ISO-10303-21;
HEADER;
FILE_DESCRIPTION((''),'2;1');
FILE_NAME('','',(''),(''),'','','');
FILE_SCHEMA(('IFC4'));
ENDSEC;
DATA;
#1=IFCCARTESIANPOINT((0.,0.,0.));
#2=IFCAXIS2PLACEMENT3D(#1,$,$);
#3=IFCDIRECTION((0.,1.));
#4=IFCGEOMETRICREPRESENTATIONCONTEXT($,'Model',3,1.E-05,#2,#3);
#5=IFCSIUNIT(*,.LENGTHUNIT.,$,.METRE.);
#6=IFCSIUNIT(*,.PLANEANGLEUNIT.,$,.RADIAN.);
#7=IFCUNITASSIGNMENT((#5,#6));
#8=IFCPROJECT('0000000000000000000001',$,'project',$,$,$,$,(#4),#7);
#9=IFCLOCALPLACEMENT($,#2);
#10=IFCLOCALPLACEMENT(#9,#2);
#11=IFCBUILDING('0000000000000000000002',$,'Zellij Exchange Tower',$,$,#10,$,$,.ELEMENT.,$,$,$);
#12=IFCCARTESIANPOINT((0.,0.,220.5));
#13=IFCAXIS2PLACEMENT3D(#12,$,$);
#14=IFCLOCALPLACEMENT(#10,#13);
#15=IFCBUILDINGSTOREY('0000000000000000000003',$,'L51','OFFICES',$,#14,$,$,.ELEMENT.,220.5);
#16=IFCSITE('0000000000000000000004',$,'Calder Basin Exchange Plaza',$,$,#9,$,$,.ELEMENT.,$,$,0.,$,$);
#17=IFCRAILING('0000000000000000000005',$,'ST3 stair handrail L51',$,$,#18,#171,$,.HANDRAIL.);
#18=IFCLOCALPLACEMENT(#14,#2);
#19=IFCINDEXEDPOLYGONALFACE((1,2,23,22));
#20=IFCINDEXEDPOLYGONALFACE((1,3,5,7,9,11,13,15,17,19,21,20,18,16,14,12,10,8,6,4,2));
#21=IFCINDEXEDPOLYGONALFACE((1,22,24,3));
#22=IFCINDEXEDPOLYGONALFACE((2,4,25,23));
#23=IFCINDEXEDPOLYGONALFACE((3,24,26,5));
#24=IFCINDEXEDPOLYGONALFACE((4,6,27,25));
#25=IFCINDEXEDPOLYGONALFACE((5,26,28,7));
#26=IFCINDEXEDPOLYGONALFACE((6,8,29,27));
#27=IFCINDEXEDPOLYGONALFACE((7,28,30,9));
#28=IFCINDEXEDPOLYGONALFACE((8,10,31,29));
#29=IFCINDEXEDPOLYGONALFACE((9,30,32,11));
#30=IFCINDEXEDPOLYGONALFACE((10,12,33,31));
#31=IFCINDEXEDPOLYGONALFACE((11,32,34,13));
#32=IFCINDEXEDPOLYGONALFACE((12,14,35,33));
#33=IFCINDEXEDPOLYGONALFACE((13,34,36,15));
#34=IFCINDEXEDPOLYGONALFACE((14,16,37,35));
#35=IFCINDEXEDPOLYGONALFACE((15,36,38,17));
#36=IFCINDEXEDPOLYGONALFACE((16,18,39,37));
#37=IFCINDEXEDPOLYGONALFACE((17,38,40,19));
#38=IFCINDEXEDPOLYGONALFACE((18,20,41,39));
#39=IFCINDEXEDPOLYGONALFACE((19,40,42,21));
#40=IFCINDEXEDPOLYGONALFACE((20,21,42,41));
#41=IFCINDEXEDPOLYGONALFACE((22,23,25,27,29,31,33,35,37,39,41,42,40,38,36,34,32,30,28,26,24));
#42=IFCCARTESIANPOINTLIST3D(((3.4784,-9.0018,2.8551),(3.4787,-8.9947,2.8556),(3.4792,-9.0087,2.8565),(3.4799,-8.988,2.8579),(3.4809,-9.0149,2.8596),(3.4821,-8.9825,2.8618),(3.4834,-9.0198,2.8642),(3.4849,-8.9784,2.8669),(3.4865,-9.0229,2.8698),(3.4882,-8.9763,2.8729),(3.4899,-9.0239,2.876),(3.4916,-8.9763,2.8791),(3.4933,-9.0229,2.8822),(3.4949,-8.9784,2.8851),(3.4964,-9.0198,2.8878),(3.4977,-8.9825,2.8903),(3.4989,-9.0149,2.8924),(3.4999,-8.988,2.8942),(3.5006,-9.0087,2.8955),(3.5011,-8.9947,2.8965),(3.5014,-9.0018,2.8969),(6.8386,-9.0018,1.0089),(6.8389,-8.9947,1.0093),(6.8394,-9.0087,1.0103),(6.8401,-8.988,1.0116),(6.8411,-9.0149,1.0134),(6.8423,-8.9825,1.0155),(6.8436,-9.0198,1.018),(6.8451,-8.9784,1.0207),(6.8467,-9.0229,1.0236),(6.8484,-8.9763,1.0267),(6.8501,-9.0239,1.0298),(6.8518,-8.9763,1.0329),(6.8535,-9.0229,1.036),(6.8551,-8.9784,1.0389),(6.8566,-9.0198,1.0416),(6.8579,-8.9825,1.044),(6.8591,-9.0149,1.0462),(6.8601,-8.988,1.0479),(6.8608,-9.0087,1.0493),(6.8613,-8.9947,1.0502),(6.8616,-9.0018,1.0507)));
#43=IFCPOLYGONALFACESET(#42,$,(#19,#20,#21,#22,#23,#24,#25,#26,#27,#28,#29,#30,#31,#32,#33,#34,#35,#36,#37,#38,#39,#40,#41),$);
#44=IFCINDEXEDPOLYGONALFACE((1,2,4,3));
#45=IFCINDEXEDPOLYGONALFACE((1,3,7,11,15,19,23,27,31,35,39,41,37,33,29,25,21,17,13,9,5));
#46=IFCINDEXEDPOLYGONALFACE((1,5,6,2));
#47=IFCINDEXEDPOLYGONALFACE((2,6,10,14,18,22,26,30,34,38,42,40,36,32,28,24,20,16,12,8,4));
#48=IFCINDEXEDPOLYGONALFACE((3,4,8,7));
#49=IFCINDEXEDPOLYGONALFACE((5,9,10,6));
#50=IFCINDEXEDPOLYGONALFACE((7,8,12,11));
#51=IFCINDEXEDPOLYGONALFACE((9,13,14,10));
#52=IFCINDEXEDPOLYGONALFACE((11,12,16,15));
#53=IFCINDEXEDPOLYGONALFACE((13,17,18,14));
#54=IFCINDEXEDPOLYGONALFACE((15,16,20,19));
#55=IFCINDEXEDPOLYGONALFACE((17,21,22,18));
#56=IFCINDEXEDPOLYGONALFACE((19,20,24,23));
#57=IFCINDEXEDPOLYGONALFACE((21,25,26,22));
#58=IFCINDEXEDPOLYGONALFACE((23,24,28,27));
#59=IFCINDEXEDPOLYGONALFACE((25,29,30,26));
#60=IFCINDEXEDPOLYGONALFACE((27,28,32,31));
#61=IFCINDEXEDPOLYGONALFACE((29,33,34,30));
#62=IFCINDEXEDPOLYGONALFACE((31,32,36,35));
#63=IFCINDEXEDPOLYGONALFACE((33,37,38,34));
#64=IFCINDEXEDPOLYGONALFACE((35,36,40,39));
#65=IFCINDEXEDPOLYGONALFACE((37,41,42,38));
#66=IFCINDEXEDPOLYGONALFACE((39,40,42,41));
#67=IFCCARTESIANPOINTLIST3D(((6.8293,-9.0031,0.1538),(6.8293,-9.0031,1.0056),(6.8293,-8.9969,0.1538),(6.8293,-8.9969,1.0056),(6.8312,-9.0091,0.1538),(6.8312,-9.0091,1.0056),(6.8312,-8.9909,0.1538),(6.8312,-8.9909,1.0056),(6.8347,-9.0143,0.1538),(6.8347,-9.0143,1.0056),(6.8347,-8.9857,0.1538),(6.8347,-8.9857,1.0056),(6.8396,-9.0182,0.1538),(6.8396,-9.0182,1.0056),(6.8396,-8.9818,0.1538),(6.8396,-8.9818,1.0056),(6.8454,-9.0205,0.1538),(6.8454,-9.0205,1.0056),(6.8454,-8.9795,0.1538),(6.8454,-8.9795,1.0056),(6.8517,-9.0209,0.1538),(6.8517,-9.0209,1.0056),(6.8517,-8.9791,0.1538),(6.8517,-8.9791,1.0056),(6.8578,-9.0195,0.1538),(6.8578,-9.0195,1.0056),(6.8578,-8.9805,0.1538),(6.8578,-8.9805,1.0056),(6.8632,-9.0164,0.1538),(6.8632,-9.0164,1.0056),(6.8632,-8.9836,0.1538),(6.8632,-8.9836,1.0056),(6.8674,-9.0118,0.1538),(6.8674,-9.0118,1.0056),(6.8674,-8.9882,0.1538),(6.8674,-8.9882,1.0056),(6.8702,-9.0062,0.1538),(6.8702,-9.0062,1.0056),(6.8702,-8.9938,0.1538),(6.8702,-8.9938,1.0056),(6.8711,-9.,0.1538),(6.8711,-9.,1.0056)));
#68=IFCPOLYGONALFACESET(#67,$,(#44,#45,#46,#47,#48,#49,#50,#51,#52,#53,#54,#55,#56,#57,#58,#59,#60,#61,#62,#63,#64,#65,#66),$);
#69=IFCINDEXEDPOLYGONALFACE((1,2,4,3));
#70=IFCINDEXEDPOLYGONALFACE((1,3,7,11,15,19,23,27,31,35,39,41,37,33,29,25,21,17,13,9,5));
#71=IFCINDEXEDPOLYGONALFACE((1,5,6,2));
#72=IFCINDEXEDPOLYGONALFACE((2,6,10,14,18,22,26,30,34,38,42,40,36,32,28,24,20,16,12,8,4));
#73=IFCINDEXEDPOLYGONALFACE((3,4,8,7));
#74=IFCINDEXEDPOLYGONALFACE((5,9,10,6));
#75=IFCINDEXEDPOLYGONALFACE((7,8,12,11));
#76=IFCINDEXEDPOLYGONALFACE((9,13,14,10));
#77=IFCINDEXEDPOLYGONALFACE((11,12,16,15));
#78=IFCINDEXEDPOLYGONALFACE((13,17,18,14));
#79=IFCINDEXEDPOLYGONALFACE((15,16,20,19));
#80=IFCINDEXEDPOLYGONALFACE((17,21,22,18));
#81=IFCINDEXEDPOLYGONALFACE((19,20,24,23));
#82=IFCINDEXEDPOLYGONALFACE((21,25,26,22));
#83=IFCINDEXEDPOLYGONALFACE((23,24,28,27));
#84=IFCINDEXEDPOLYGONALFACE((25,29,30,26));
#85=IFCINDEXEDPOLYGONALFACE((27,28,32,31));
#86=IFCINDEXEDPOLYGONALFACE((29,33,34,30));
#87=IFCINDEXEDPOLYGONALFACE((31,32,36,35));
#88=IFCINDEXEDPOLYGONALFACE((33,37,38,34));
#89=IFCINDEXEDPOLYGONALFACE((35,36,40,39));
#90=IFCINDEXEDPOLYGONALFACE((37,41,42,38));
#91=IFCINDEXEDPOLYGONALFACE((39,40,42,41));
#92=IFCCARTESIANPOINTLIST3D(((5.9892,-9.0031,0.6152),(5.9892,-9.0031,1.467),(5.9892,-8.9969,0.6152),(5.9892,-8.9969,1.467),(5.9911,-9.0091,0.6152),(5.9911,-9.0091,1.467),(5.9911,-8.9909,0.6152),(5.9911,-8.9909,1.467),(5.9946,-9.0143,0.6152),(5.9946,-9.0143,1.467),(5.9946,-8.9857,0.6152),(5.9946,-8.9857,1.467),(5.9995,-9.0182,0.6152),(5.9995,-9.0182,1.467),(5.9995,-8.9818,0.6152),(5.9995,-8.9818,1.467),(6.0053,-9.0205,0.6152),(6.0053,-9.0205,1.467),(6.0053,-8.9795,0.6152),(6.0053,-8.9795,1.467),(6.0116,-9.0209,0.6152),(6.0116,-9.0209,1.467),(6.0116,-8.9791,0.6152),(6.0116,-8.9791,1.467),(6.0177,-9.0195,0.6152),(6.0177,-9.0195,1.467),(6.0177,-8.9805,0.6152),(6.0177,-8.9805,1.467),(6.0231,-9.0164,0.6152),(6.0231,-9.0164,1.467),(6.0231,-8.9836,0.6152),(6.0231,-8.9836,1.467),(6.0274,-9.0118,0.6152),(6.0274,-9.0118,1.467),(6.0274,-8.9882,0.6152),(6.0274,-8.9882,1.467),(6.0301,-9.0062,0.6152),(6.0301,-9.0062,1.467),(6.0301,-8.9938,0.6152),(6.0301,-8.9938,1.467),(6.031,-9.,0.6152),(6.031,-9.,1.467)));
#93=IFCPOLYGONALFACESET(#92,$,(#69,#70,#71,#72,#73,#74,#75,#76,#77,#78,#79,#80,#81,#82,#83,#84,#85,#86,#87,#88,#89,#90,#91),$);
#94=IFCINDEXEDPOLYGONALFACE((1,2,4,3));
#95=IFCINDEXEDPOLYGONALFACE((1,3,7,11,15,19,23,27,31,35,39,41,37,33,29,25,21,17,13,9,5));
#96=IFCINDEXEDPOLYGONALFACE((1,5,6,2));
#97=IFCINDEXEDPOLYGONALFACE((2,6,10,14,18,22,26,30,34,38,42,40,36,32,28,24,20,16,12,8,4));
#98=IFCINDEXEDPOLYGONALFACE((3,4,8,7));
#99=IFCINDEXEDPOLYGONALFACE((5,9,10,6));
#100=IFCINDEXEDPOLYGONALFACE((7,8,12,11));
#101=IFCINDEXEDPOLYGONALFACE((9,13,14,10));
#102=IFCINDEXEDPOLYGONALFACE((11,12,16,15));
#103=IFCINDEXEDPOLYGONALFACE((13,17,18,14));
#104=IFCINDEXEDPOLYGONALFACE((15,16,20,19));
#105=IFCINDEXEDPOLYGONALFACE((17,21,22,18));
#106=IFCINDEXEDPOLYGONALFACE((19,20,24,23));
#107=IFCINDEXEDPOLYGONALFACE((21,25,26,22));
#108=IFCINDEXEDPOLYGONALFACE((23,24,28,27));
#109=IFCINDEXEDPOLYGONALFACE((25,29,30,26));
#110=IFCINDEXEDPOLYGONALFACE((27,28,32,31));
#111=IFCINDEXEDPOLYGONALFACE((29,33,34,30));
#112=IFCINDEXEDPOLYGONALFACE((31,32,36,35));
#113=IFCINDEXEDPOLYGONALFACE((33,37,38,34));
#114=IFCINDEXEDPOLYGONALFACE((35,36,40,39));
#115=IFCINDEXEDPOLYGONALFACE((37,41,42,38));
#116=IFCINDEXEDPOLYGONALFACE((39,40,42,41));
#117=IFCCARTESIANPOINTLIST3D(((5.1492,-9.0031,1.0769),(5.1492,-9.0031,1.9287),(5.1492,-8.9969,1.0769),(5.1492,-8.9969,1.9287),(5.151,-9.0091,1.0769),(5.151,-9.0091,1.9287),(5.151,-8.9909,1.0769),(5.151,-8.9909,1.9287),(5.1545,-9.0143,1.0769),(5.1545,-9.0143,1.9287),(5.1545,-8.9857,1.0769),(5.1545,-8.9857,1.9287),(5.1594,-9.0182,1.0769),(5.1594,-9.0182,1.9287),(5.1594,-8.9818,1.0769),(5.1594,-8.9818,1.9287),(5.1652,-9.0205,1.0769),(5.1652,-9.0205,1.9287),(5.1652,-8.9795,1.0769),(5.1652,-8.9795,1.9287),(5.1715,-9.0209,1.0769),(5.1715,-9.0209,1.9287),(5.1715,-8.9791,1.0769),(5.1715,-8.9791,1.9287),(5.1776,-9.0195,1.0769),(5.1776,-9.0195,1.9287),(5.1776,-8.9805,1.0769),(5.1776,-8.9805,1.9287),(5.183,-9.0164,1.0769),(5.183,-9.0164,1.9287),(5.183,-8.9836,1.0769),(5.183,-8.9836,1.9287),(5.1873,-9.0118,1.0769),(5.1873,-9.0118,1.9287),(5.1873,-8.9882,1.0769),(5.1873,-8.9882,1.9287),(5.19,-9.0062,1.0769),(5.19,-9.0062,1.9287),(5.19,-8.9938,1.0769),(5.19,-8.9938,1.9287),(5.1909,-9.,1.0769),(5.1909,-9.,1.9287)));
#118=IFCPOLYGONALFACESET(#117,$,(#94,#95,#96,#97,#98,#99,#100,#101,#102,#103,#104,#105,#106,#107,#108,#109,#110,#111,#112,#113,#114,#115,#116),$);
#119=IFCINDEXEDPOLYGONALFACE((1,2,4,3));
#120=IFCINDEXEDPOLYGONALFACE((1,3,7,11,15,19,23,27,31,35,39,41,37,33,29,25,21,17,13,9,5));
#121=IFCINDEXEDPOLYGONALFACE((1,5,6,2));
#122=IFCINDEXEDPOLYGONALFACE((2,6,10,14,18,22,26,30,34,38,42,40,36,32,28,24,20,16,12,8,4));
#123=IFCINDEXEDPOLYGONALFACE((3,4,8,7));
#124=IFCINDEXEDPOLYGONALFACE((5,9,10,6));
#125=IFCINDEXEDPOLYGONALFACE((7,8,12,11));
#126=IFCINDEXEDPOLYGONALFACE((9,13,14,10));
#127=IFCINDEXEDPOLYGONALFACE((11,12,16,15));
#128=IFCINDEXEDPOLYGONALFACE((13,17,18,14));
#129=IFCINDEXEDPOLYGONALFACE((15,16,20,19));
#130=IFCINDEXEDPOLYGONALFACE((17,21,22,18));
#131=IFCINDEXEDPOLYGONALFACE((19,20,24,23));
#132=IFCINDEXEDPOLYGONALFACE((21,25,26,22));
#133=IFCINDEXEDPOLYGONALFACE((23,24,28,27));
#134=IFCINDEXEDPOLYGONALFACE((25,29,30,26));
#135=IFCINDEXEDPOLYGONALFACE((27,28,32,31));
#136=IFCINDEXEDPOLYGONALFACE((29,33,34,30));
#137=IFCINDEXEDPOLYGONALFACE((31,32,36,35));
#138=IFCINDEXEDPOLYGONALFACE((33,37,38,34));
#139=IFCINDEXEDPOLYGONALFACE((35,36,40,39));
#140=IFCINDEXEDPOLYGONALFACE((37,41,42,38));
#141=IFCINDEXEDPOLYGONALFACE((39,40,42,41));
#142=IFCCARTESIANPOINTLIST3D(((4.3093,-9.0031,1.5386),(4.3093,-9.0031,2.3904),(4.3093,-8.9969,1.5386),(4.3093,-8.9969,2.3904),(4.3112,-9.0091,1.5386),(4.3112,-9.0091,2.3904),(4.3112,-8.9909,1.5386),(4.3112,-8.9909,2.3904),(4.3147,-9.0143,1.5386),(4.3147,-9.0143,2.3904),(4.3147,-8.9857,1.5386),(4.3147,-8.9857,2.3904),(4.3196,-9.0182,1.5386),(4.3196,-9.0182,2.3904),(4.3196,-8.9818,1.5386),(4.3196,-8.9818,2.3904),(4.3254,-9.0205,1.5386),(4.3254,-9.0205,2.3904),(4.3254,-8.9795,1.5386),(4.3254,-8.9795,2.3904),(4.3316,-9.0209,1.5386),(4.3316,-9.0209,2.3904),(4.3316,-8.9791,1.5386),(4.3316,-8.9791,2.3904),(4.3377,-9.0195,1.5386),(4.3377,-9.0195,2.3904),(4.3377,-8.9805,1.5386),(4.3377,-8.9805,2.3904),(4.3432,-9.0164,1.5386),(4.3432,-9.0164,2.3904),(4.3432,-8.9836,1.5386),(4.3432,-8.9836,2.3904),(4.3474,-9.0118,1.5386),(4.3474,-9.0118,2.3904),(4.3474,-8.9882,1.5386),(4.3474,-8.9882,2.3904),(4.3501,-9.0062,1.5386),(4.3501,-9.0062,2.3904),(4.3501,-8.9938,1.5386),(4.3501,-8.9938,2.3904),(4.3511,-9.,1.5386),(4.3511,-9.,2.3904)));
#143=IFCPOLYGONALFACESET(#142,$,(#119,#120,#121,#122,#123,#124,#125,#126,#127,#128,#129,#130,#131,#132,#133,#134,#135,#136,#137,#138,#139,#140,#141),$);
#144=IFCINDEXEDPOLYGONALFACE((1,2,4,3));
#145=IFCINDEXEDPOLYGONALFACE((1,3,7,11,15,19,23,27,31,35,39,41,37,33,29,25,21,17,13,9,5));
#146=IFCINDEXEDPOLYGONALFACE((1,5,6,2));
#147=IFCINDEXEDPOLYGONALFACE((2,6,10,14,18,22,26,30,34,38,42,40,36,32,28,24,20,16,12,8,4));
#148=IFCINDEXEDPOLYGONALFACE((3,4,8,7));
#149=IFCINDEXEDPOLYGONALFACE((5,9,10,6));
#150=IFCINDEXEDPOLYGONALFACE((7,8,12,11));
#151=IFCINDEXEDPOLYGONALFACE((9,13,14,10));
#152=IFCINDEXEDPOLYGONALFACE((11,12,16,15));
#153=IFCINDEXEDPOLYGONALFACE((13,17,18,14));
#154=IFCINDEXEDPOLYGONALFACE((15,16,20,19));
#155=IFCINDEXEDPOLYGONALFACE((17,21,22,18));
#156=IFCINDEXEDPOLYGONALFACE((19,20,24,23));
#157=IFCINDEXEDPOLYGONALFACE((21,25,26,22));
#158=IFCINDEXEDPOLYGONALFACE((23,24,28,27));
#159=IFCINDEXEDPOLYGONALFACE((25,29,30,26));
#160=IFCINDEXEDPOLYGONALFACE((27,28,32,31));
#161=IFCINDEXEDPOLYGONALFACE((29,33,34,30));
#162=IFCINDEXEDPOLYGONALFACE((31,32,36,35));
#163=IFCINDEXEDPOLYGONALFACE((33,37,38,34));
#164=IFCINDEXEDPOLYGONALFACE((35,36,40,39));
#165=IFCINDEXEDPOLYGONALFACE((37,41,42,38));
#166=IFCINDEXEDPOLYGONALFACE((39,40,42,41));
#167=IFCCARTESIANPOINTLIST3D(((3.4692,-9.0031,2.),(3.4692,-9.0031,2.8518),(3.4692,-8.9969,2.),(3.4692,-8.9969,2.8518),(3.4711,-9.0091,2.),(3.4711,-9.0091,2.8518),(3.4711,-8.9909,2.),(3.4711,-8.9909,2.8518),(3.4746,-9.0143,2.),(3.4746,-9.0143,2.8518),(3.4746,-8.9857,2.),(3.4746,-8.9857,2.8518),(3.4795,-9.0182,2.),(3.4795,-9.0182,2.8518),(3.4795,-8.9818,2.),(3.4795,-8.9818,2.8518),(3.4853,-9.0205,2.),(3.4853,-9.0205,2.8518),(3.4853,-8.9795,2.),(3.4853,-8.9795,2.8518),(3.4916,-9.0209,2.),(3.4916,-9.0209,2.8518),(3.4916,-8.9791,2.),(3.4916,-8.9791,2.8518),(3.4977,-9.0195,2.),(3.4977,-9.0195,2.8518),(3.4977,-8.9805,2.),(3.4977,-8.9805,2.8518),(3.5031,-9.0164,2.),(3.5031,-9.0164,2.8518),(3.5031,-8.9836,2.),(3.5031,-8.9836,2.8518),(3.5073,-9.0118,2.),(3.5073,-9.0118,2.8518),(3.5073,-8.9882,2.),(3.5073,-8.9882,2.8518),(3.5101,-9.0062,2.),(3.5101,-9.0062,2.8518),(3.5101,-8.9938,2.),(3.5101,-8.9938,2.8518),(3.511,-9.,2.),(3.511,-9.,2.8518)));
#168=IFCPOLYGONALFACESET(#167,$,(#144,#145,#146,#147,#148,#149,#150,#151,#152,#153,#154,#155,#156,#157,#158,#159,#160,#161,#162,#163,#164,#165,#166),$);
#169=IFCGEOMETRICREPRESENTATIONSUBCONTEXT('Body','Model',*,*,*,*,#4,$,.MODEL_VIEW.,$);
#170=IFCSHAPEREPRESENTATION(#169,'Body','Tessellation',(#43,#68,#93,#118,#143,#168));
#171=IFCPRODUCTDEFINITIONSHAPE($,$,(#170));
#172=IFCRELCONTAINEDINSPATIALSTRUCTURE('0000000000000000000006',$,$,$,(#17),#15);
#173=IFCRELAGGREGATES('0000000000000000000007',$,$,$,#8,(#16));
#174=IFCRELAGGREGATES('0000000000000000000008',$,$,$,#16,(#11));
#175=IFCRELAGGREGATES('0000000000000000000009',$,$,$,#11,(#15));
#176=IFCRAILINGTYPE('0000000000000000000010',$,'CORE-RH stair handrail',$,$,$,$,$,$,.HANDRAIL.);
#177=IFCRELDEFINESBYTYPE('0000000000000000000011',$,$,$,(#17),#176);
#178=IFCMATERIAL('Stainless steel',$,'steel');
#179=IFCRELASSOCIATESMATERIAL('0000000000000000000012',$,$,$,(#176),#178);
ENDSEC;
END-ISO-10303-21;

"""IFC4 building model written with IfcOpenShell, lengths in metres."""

from ifc_helpers import new_model, si_unit, direction, frame, origin, origin_2d, place, context, subcontext, project, spatial, circle, extrude, material, type_object, element, save


model = new_model("IFC4")

# Units and contexts
model_context = context("Model", 3, precision=1e-05, world=origin(), true_north=direction((0.0, 1.0)))
body_context = subcontext(model_context, "Body", "Model", "MODEL_VIEW")
ifc_project = project(units=[si_unit("LENGTHUNIT", "METRE"), si_unit("PLANEANGLEUNIT", "RADIAN")], contexts=[model_context])

# Site, building, storey
site_placement = place(None, origin())
site = spatial("IfcSite", under=ifc_project, at=site_placement, Name="Calder Basin Exchange Plaza", CompositionType="ELEMENT", RefElevation=0.0)
building_placement = place(site_placement, origin())
building = spatial("IfcBuilding", under=site, at=building_placement, Name="Zellij Exchange Tower", CompositionType="ELEMENT")
storey_placement = place(building_placement, frame((0.0, 0.0, 220.5)))
storey = spatial("IfcBuildingStorey", under=building, at=storey_placement, Name="L51", Description="OFFICES", CompositionType="ELEMENT", Elevation=220.5)

# Railing
ifc_material_1 = material(Name="Stainless steel", Category="steel")
railing_type = type_object("IfcRailingType", Name="CORE-RH stair handrail", PredefinedType="HANDRAIL", material=ifc_material_1)
railing_1_placement = place(storey_placement, frame((6.8501, -9.0, 0.1538)))
element("IfcRailing", 1, at=railing_1_placement, inside=storey, type_object=railing_type, Name="ST3 stair handrail L51", PredefinedType="HANDRAIL", context=body_context, shape_type="SweptSolid", body=[
    extrude(circle(Radius=0.0239, at=origin_2d()), frame((0.0, 0.0, 0.876), z_axis=(-0.876422, 0.0, 0.481545), x_axis=(0.0, -1.0, 0.0)), (0.0, 0.0, 1.0), 3.834),
    extrude(circle(Radius=0.021, at=origin_2d()), origin(), (0.0, 0.0, 1.0), 0.8518),
    extrude(circle(Radius=0.021, at=origin_2d()), frame((-0.8401, 0.0, 0.4614)), (0.0, 0.0, 1.0), 0.8518),
    extrude(circle(Radius=0.021, at=origin_2d()), frame((-1.6802, 0.0, 0.9231)), (0.0, 0.0, 1.0), 0.8518),
    extrude(circle(Radius=0.021, at=origin_2d()), frame((-2.52, 0.0, 1.3848)), (0.0, 0.0, 1.0), 0.8518),
    extrude(circle(Radius=0.021, at=origin_2d()), frame((-3.3601, 0.0, 1.8462)), (0.0, 0.0, 1.0), 0.8518),
])

save(model, "model.ifc")
